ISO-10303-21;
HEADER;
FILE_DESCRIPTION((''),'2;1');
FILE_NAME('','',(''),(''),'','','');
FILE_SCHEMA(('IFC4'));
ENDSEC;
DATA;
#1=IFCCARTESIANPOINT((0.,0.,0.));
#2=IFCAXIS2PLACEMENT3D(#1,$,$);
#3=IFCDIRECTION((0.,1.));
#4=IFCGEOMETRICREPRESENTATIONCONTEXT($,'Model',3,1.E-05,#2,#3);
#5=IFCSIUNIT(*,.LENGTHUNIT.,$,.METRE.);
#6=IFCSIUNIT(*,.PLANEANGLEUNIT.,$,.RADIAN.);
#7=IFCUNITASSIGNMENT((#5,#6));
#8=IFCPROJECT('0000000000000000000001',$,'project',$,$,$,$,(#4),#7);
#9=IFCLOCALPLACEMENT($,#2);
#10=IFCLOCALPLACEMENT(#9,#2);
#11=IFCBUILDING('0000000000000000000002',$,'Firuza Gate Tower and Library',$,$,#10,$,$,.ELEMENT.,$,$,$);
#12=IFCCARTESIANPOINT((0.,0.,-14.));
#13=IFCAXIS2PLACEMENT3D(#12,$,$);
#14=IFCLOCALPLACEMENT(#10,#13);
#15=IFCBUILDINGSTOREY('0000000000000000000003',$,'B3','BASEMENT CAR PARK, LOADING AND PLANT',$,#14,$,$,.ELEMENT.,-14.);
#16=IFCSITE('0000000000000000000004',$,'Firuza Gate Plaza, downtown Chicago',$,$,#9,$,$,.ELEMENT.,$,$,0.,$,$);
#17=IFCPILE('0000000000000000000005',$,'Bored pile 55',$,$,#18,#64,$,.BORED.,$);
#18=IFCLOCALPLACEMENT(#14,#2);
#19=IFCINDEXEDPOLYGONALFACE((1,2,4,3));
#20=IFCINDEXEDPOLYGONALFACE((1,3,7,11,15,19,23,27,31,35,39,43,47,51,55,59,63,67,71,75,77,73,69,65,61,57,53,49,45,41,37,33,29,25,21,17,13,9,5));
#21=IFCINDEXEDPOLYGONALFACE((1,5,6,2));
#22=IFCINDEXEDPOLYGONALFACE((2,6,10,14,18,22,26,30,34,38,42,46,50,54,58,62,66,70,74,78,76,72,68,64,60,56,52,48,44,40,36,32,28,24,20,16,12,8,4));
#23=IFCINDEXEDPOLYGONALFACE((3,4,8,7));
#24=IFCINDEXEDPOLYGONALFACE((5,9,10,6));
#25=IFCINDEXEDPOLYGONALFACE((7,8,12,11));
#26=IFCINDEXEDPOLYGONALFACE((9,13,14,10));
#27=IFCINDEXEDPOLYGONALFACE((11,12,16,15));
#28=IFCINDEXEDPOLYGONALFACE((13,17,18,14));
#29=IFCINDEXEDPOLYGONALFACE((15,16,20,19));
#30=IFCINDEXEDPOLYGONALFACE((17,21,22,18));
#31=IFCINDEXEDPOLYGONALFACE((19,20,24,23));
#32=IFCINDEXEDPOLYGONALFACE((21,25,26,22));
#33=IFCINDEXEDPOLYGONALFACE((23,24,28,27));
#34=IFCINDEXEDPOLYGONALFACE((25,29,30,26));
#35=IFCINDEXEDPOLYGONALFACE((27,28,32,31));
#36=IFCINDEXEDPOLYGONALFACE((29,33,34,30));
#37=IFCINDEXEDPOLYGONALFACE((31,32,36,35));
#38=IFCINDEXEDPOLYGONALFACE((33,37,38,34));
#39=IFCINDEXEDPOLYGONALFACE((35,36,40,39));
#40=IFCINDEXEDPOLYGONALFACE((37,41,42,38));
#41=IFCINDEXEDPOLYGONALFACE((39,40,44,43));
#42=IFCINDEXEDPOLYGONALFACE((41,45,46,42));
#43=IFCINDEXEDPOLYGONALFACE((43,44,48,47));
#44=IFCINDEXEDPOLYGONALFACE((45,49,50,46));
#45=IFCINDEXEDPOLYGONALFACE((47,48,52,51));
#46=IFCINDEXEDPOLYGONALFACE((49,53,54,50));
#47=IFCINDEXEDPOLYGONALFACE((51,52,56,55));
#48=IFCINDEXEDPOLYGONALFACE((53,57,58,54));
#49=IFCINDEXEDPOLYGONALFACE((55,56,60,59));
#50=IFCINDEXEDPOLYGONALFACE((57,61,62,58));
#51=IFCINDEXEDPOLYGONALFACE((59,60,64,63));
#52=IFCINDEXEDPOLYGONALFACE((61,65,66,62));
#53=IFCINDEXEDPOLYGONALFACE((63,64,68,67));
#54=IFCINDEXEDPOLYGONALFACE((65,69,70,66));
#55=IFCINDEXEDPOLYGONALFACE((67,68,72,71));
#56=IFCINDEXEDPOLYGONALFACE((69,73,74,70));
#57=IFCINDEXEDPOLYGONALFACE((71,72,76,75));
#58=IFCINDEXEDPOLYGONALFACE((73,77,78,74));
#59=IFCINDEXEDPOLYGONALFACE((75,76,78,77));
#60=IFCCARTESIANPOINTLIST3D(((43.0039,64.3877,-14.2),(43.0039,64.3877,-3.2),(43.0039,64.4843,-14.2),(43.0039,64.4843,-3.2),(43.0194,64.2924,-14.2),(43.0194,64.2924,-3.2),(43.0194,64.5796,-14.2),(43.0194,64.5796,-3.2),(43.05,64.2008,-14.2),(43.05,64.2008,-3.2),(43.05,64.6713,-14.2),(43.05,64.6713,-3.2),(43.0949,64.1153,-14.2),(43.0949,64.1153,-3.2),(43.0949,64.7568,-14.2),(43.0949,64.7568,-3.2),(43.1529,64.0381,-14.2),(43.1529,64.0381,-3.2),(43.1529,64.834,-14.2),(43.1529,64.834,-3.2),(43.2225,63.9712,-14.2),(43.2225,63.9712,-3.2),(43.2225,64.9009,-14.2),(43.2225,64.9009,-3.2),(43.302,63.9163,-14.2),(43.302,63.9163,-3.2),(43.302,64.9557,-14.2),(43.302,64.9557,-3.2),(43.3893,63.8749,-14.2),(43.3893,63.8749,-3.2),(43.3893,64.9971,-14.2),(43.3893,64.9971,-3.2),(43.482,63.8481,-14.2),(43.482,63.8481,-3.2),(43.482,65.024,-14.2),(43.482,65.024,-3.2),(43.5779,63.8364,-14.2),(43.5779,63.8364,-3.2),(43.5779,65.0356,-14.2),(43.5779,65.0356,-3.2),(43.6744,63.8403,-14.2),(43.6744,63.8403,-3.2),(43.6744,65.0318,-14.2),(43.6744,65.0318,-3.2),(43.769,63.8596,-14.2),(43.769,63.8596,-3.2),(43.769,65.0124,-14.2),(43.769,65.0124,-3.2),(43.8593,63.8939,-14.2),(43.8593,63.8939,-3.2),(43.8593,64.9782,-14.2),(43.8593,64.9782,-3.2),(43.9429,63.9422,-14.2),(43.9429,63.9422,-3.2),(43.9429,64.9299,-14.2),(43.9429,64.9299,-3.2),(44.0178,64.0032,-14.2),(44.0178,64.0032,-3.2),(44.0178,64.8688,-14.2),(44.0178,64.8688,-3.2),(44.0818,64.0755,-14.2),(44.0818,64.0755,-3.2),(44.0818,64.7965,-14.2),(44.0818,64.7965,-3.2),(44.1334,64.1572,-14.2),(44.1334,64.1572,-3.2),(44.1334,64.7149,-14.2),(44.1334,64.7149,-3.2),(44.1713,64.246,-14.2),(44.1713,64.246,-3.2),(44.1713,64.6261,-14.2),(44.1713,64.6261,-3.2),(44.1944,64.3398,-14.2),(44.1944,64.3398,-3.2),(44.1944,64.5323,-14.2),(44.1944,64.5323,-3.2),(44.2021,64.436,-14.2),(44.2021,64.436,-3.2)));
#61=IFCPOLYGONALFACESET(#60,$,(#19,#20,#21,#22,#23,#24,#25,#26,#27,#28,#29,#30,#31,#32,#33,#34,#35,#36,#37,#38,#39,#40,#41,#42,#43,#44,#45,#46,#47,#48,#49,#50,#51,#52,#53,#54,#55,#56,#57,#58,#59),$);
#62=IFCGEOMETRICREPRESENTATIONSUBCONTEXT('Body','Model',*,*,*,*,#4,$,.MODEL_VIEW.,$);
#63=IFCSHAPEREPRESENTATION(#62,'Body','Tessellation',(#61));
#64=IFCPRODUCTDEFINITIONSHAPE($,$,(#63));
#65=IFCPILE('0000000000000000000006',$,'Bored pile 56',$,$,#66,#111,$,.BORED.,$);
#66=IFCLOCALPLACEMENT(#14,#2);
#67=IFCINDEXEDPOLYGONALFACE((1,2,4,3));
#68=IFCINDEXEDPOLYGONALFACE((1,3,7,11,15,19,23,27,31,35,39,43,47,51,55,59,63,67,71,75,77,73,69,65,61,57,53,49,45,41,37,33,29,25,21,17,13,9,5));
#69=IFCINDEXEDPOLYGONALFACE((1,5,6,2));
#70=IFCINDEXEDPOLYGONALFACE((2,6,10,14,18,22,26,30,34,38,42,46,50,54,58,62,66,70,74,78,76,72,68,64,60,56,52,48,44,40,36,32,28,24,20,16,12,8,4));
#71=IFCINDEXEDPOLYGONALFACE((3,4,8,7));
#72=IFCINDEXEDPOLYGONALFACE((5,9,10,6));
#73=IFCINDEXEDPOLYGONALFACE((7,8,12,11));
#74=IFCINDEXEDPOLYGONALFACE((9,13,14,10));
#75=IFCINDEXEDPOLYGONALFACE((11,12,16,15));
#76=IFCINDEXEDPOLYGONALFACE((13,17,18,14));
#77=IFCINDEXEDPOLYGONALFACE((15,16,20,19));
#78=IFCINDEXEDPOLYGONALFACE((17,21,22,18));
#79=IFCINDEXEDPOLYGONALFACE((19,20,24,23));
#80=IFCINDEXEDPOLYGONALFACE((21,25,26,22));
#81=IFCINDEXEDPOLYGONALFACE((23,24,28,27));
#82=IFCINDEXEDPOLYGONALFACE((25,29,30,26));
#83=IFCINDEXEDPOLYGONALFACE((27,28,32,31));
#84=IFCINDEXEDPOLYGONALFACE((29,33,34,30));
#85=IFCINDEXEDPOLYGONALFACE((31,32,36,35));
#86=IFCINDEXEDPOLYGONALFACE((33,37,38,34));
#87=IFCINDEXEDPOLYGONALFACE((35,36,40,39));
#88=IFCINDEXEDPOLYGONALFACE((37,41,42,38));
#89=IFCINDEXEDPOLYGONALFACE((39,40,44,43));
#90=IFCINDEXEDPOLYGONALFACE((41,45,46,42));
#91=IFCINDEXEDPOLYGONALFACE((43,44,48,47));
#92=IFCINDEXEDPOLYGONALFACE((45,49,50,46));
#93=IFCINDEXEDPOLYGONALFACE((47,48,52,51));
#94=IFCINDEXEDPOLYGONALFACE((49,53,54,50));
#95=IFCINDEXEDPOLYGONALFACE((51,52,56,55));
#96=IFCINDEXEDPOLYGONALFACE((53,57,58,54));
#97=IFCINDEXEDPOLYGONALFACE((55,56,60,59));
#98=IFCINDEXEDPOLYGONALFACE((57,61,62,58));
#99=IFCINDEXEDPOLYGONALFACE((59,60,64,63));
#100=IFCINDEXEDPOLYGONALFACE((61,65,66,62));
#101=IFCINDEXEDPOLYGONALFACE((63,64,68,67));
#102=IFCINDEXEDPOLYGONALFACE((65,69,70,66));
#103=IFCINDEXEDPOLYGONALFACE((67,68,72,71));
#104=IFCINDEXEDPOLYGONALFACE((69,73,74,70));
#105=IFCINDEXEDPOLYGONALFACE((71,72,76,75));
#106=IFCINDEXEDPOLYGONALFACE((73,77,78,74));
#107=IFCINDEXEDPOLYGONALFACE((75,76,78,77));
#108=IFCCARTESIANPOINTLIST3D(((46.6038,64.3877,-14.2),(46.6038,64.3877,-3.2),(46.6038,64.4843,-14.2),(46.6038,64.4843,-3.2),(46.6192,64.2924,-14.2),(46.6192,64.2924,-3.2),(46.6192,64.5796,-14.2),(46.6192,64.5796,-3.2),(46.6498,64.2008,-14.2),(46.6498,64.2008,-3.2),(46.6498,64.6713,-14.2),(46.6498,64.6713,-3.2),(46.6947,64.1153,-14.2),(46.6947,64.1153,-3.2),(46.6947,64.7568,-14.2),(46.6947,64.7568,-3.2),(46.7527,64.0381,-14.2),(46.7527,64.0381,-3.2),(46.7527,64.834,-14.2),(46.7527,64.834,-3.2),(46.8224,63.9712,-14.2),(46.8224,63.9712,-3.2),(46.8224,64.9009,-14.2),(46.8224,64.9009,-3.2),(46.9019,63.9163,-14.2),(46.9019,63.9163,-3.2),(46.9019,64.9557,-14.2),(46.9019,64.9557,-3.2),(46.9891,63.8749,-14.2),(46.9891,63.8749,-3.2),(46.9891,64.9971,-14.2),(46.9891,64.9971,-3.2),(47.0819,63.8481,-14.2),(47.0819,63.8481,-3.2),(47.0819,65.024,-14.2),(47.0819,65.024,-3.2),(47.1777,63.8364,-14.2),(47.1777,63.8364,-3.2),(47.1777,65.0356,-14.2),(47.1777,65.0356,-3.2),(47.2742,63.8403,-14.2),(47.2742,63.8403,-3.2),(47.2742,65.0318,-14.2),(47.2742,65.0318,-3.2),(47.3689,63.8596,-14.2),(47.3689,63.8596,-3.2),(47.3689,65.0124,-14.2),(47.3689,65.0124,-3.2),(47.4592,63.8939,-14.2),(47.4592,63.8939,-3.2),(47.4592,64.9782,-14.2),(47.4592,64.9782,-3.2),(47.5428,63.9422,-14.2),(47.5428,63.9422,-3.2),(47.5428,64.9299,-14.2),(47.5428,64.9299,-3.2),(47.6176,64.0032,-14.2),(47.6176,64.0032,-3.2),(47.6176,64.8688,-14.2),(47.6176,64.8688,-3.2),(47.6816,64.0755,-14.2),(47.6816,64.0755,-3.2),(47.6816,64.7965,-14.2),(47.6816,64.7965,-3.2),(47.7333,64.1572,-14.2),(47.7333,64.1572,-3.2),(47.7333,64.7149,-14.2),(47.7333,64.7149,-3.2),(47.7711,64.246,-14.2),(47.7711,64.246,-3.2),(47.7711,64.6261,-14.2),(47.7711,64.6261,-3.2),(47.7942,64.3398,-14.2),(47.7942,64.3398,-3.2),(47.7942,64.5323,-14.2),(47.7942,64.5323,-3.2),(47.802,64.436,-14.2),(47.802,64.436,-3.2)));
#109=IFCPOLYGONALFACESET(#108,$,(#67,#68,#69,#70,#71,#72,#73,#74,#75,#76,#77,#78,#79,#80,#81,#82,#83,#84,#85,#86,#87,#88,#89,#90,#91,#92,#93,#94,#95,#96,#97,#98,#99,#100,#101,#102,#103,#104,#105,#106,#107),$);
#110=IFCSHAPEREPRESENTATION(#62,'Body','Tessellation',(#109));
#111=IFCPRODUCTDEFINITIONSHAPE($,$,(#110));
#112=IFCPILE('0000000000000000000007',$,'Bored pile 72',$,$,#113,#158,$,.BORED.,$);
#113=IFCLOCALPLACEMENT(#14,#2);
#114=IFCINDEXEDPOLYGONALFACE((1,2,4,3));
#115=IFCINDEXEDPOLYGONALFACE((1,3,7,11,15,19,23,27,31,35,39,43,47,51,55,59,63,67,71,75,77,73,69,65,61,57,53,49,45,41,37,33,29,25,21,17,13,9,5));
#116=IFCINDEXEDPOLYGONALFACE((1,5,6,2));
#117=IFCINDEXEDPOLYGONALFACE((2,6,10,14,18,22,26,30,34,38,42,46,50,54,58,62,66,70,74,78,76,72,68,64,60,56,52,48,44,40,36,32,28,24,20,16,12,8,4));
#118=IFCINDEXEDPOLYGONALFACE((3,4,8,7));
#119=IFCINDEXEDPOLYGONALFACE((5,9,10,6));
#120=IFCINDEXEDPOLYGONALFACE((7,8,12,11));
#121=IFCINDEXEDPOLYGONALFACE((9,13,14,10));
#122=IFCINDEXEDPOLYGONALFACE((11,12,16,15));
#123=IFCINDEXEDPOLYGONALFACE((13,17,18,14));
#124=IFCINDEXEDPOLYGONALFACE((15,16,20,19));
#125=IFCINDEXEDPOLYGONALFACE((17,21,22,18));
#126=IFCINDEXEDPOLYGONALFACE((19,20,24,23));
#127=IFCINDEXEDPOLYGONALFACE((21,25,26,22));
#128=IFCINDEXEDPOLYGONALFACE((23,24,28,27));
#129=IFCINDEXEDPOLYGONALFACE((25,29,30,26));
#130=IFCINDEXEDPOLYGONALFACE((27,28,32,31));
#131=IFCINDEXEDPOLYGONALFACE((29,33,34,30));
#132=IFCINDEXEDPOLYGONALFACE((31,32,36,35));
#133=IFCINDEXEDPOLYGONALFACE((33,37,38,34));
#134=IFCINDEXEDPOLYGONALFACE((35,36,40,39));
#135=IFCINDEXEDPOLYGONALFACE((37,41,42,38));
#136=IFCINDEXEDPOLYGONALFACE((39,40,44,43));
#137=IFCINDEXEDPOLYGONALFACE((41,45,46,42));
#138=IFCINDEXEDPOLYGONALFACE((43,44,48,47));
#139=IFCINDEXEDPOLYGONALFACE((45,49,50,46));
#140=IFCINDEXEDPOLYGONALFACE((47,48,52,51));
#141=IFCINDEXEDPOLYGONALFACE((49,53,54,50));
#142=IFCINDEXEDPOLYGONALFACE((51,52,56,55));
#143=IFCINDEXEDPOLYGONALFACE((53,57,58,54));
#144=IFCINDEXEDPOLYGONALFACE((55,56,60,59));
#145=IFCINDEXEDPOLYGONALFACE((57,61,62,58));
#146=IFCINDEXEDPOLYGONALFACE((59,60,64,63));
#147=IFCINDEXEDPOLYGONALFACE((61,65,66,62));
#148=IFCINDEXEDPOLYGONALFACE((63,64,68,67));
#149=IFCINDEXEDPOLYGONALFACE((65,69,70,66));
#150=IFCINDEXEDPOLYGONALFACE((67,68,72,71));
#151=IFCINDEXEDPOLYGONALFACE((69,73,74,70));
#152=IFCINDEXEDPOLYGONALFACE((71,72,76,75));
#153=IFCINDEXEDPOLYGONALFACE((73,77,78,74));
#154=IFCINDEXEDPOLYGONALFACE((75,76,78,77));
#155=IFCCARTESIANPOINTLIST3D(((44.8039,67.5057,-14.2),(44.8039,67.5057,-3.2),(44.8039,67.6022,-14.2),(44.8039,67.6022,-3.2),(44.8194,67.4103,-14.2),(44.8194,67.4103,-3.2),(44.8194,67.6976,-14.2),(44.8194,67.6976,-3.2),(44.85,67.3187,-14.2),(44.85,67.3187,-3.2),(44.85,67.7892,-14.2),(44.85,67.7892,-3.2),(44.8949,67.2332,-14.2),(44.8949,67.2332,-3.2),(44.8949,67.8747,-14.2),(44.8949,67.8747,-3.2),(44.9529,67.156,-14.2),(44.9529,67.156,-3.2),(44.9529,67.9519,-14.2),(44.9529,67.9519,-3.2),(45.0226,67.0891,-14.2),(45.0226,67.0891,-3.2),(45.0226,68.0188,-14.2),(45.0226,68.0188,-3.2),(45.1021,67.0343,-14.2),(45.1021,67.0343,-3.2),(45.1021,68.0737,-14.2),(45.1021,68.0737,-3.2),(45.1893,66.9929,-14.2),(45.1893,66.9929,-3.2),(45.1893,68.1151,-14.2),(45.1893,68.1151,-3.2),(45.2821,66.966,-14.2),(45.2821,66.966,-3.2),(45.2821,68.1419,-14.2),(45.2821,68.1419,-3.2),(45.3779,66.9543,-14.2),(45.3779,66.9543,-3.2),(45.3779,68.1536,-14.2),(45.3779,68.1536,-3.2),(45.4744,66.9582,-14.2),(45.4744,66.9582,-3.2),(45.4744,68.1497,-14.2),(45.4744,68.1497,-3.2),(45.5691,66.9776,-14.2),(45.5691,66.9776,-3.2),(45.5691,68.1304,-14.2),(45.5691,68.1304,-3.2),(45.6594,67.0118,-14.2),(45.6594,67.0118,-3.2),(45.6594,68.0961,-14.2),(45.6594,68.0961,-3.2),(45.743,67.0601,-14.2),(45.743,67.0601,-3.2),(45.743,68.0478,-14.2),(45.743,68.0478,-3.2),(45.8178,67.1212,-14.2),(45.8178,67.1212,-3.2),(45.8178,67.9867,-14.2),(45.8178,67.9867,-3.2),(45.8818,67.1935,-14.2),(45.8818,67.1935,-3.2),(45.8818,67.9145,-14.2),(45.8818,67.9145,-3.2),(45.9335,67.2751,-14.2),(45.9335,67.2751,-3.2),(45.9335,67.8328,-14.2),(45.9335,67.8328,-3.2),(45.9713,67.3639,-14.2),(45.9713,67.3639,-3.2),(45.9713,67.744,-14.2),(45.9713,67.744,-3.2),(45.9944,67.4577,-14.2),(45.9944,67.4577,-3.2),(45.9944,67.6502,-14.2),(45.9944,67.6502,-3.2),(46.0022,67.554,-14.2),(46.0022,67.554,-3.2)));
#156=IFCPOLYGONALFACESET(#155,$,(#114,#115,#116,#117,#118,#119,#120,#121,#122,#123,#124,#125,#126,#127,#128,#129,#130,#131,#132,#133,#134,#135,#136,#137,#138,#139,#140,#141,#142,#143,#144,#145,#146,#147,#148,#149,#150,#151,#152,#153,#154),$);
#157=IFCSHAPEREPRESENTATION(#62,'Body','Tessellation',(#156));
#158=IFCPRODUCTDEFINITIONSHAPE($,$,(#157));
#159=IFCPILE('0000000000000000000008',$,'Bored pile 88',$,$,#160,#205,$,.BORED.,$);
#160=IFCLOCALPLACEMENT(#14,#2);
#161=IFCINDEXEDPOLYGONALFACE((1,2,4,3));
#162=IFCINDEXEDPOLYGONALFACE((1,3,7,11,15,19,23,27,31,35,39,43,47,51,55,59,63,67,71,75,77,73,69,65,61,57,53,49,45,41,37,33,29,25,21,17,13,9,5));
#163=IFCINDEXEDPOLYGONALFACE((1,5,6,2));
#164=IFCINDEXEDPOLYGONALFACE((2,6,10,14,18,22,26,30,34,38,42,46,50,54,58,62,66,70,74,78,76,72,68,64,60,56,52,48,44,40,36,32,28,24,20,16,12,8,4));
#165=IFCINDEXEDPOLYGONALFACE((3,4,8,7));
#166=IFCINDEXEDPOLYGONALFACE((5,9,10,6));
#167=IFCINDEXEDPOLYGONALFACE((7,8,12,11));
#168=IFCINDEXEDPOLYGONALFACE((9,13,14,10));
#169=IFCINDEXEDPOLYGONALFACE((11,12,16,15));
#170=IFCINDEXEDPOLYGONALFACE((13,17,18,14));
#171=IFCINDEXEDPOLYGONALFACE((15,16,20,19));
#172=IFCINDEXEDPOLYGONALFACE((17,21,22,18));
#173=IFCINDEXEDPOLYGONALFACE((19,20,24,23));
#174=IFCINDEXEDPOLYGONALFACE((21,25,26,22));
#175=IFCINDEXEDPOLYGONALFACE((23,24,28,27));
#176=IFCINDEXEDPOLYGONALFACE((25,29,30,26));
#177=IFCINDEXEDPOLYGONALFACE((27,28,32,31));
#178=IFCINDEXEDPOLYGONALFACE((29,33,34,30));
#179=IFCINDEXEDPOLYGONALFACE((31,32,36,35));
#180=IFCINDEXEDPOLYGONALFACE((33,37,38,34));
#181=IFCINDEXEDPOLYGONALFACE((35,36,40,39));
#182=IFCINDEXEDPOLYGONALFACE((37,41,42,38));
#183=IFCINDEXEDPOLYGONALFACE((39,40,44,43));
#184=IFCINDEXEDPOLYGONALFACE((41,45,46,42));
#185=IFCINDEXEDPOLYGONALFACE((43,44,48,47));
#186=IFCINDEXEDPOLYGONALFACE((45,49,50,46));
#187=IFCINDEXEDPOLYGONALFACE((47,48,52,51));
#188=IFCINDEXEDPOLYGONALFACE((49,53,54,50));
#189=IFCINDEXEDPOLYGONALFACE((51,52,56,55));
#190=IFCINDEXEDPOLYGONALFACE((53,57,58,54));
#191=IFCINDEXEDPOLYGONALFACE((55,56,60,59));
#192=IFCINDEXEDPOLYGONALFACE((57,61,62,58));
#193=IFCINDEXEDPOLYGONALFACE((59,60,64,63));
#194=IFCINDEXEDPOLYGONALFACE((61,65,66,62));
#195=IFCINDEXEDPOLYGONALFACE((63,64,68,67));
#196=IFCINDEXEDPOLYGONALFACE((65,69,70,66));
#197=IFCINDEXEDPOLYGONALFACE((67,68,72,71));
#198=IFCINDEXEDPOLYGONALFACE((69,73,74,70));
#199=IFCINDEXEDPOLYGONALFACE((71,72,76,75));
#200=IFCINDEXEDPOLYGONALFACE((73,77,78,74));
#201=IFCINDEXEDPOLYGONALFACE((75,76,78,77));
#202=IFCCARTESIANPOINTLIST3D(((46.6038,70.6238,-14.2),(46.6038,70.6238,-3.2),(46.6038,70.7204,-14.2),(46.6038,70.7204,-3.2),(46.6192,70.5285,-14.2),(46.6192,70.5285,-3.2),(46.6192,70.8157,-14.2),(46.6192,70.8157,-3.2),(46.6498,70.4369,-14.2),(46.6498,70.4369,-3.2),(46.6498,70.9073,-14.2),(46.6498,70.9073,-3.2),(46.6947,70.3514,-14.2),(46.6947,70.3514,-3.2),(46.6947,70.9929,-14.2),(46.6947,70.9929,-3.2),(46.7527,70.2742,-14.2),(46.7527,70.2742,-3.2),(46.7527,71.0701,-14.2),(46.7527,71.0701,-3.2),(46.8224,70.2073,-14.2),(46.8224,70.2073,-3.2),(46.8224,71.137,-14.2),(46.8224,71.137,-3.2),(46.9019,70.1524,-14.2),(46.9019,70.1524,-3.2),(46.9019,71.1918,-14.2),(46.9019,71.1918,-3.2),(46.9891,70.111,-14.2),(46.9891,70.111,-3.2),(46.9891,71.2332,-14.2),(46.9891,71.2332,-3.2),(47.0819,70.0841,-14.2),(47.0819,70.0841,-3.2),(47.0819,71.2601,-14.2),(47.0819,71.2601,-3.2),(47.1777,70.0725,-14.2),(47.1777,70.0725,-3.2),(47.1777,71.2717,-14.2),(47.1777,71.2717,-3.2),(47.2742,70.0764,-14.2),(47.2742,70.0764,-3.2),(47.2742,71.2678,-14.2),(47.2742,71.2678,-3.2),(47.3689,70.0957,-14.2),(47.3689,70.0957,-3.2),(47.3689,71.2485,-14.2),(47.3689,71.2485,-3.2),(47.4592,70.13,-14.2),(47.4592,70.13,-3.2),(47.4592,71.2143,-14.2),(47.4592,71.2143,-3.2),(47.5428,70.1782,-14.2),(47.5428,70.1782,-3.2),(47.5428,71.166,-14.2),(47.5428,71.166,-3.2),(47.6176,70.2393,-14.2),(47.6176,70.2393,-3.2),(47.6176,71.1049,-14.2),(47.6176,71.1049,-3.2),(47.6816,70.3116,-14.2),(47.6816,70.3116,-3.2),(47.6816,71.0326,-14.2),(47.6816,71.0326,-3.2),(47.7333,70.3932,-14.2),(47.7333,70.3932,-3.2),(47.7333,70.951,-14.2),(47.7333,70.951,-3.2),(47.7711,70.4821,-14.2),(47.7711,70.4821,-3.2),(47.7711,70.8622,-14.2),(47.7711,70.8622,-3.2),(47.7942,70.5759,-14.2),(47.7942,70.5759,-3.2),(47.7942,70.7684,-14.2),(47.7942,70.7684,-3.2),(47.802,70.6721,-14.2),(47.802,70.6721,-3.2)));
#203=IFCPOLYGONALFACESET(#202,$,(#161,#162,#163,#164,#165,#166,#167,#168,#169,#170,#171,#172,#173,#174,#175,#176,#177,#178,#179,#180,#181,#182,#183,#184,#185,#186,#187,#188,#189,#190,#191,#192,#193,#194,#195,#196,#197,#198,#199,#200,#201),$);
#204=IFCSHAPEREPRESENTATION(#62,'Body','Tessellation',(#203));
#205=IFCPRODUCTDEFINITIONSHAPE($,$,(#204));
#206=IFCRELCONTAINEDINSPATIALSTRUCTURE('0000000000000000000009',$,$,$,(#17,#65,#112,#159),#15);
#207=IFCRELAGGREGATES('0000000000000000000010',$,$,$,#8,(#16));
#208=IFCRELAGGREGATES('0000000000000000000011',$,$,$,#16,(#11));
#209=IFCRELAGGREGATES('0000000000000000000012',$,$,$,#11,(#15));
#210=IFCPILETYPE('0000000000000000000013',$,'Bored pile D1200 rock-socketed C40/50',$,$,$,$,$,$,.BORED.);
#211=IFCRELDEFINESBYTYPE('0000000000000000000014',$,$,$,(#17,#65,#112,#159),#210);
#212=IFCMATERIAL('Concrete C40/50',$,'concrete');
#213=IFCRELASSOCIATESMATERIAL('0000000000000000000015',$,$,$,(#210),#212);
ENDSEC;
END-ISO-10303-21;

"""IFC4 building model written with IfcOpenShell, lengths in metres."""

from ifc_helpers import new_model, si_unit, direction, frame, origin, origin_2d, place, context, subcontext, project, spatial, circle, extrude, material, material_profile, profile_set, type_object, element, save


model = new_model("IFC4")

# Units and contexts
model_context = context("Model", 3, precision=1e-05, world=origin(), true_north=direction((0.0, 1.0)))
body_context = subcontext(model_context, "Body", "Model", "MODEL_VIEW")
ifc_project = project(units=[si_unit("LENGTHUNIT", "METRE"), si_unit("PLANEANGLEUNIT", "RADIAN")], contexts=[model_context])

# Site, building, storey
site_placement = place(None, origin())
site = spatial("IfcSite", under=ifc_project, at=site_placement, Name="Firuza Gate Plaza, downtown Chicago", CompositionType="ELEMENT", RefElevation=0.0)
building_placement = place(site_placement, origin())
building = spatial("IfcBuilding", under=site, at=building_placement, Name="Firuza Gate Tower and Library", CompositionType="ELEMENT")
storey_placement = place(building_placement, frame((0.0, 0.0, -14.0)))
storey = spatial("IfcBuildingStorey", under=building, at=storey_placement, Name="B3", Description="BASEMENT CAR PARK, LOADING AND PLANT", CompositionType="ELEMENT", Elevation=-14.0)

# Piles
ifc_material_1 = material(Name="Concrete C40/50", Category="concrete")
ifc_material_profile_1 = material_profile(ifc_material_1, circle(Radius=0.6001, at=origin_2d()))
ifc_profile_set_1 = profile_set([ifc_material_profile_1], Name="Concrete C40/50")
pile_type = type_object("IfcPileType", Name="Bored pile D1200 rock-socketed C40/50", PredefinedType="BORED", material=ifc_profile_set_1)
for number, where, z_axis, x_axis, name in (
    (1, (43.6021, 64.436, -3.2), (0.0, 0.0, -1.0), (1.0, 0.0, 0.0), "Bored pile 55"),
    (2, (47.2019, 64.436, -3.2), (0.0, 0.0, -1.0), (1.0, 0.0, 0.0), "Bored pile 56"),
    (3, (45.4021, 67.554, -3.2), (0.0, 0.0, -1.0), (1.0, 0.0, 0.0), "Bored pile 72"),
    (4, (47.2019, 70.6721, -3.2), (0.0, 0.0, -1.0), (1.0, 0.0, 0.0), "Bored pile 88"),
):
    element("IfcPile", number, at=place(storey_placement, frame(where, z_axis=z_axis, x_axis=x_axis)), inside=storey, type_object=pile_type, Name=name, PredefinedType="BORED", context=body_context, shape_type="SweptSolid", body=[
        extrude(circle(Radius=0.6001, at=origin_2d()), origin(), (0.0, 0.0, 1.0), 11.0),
    ])

save(model, "model.ifc")
